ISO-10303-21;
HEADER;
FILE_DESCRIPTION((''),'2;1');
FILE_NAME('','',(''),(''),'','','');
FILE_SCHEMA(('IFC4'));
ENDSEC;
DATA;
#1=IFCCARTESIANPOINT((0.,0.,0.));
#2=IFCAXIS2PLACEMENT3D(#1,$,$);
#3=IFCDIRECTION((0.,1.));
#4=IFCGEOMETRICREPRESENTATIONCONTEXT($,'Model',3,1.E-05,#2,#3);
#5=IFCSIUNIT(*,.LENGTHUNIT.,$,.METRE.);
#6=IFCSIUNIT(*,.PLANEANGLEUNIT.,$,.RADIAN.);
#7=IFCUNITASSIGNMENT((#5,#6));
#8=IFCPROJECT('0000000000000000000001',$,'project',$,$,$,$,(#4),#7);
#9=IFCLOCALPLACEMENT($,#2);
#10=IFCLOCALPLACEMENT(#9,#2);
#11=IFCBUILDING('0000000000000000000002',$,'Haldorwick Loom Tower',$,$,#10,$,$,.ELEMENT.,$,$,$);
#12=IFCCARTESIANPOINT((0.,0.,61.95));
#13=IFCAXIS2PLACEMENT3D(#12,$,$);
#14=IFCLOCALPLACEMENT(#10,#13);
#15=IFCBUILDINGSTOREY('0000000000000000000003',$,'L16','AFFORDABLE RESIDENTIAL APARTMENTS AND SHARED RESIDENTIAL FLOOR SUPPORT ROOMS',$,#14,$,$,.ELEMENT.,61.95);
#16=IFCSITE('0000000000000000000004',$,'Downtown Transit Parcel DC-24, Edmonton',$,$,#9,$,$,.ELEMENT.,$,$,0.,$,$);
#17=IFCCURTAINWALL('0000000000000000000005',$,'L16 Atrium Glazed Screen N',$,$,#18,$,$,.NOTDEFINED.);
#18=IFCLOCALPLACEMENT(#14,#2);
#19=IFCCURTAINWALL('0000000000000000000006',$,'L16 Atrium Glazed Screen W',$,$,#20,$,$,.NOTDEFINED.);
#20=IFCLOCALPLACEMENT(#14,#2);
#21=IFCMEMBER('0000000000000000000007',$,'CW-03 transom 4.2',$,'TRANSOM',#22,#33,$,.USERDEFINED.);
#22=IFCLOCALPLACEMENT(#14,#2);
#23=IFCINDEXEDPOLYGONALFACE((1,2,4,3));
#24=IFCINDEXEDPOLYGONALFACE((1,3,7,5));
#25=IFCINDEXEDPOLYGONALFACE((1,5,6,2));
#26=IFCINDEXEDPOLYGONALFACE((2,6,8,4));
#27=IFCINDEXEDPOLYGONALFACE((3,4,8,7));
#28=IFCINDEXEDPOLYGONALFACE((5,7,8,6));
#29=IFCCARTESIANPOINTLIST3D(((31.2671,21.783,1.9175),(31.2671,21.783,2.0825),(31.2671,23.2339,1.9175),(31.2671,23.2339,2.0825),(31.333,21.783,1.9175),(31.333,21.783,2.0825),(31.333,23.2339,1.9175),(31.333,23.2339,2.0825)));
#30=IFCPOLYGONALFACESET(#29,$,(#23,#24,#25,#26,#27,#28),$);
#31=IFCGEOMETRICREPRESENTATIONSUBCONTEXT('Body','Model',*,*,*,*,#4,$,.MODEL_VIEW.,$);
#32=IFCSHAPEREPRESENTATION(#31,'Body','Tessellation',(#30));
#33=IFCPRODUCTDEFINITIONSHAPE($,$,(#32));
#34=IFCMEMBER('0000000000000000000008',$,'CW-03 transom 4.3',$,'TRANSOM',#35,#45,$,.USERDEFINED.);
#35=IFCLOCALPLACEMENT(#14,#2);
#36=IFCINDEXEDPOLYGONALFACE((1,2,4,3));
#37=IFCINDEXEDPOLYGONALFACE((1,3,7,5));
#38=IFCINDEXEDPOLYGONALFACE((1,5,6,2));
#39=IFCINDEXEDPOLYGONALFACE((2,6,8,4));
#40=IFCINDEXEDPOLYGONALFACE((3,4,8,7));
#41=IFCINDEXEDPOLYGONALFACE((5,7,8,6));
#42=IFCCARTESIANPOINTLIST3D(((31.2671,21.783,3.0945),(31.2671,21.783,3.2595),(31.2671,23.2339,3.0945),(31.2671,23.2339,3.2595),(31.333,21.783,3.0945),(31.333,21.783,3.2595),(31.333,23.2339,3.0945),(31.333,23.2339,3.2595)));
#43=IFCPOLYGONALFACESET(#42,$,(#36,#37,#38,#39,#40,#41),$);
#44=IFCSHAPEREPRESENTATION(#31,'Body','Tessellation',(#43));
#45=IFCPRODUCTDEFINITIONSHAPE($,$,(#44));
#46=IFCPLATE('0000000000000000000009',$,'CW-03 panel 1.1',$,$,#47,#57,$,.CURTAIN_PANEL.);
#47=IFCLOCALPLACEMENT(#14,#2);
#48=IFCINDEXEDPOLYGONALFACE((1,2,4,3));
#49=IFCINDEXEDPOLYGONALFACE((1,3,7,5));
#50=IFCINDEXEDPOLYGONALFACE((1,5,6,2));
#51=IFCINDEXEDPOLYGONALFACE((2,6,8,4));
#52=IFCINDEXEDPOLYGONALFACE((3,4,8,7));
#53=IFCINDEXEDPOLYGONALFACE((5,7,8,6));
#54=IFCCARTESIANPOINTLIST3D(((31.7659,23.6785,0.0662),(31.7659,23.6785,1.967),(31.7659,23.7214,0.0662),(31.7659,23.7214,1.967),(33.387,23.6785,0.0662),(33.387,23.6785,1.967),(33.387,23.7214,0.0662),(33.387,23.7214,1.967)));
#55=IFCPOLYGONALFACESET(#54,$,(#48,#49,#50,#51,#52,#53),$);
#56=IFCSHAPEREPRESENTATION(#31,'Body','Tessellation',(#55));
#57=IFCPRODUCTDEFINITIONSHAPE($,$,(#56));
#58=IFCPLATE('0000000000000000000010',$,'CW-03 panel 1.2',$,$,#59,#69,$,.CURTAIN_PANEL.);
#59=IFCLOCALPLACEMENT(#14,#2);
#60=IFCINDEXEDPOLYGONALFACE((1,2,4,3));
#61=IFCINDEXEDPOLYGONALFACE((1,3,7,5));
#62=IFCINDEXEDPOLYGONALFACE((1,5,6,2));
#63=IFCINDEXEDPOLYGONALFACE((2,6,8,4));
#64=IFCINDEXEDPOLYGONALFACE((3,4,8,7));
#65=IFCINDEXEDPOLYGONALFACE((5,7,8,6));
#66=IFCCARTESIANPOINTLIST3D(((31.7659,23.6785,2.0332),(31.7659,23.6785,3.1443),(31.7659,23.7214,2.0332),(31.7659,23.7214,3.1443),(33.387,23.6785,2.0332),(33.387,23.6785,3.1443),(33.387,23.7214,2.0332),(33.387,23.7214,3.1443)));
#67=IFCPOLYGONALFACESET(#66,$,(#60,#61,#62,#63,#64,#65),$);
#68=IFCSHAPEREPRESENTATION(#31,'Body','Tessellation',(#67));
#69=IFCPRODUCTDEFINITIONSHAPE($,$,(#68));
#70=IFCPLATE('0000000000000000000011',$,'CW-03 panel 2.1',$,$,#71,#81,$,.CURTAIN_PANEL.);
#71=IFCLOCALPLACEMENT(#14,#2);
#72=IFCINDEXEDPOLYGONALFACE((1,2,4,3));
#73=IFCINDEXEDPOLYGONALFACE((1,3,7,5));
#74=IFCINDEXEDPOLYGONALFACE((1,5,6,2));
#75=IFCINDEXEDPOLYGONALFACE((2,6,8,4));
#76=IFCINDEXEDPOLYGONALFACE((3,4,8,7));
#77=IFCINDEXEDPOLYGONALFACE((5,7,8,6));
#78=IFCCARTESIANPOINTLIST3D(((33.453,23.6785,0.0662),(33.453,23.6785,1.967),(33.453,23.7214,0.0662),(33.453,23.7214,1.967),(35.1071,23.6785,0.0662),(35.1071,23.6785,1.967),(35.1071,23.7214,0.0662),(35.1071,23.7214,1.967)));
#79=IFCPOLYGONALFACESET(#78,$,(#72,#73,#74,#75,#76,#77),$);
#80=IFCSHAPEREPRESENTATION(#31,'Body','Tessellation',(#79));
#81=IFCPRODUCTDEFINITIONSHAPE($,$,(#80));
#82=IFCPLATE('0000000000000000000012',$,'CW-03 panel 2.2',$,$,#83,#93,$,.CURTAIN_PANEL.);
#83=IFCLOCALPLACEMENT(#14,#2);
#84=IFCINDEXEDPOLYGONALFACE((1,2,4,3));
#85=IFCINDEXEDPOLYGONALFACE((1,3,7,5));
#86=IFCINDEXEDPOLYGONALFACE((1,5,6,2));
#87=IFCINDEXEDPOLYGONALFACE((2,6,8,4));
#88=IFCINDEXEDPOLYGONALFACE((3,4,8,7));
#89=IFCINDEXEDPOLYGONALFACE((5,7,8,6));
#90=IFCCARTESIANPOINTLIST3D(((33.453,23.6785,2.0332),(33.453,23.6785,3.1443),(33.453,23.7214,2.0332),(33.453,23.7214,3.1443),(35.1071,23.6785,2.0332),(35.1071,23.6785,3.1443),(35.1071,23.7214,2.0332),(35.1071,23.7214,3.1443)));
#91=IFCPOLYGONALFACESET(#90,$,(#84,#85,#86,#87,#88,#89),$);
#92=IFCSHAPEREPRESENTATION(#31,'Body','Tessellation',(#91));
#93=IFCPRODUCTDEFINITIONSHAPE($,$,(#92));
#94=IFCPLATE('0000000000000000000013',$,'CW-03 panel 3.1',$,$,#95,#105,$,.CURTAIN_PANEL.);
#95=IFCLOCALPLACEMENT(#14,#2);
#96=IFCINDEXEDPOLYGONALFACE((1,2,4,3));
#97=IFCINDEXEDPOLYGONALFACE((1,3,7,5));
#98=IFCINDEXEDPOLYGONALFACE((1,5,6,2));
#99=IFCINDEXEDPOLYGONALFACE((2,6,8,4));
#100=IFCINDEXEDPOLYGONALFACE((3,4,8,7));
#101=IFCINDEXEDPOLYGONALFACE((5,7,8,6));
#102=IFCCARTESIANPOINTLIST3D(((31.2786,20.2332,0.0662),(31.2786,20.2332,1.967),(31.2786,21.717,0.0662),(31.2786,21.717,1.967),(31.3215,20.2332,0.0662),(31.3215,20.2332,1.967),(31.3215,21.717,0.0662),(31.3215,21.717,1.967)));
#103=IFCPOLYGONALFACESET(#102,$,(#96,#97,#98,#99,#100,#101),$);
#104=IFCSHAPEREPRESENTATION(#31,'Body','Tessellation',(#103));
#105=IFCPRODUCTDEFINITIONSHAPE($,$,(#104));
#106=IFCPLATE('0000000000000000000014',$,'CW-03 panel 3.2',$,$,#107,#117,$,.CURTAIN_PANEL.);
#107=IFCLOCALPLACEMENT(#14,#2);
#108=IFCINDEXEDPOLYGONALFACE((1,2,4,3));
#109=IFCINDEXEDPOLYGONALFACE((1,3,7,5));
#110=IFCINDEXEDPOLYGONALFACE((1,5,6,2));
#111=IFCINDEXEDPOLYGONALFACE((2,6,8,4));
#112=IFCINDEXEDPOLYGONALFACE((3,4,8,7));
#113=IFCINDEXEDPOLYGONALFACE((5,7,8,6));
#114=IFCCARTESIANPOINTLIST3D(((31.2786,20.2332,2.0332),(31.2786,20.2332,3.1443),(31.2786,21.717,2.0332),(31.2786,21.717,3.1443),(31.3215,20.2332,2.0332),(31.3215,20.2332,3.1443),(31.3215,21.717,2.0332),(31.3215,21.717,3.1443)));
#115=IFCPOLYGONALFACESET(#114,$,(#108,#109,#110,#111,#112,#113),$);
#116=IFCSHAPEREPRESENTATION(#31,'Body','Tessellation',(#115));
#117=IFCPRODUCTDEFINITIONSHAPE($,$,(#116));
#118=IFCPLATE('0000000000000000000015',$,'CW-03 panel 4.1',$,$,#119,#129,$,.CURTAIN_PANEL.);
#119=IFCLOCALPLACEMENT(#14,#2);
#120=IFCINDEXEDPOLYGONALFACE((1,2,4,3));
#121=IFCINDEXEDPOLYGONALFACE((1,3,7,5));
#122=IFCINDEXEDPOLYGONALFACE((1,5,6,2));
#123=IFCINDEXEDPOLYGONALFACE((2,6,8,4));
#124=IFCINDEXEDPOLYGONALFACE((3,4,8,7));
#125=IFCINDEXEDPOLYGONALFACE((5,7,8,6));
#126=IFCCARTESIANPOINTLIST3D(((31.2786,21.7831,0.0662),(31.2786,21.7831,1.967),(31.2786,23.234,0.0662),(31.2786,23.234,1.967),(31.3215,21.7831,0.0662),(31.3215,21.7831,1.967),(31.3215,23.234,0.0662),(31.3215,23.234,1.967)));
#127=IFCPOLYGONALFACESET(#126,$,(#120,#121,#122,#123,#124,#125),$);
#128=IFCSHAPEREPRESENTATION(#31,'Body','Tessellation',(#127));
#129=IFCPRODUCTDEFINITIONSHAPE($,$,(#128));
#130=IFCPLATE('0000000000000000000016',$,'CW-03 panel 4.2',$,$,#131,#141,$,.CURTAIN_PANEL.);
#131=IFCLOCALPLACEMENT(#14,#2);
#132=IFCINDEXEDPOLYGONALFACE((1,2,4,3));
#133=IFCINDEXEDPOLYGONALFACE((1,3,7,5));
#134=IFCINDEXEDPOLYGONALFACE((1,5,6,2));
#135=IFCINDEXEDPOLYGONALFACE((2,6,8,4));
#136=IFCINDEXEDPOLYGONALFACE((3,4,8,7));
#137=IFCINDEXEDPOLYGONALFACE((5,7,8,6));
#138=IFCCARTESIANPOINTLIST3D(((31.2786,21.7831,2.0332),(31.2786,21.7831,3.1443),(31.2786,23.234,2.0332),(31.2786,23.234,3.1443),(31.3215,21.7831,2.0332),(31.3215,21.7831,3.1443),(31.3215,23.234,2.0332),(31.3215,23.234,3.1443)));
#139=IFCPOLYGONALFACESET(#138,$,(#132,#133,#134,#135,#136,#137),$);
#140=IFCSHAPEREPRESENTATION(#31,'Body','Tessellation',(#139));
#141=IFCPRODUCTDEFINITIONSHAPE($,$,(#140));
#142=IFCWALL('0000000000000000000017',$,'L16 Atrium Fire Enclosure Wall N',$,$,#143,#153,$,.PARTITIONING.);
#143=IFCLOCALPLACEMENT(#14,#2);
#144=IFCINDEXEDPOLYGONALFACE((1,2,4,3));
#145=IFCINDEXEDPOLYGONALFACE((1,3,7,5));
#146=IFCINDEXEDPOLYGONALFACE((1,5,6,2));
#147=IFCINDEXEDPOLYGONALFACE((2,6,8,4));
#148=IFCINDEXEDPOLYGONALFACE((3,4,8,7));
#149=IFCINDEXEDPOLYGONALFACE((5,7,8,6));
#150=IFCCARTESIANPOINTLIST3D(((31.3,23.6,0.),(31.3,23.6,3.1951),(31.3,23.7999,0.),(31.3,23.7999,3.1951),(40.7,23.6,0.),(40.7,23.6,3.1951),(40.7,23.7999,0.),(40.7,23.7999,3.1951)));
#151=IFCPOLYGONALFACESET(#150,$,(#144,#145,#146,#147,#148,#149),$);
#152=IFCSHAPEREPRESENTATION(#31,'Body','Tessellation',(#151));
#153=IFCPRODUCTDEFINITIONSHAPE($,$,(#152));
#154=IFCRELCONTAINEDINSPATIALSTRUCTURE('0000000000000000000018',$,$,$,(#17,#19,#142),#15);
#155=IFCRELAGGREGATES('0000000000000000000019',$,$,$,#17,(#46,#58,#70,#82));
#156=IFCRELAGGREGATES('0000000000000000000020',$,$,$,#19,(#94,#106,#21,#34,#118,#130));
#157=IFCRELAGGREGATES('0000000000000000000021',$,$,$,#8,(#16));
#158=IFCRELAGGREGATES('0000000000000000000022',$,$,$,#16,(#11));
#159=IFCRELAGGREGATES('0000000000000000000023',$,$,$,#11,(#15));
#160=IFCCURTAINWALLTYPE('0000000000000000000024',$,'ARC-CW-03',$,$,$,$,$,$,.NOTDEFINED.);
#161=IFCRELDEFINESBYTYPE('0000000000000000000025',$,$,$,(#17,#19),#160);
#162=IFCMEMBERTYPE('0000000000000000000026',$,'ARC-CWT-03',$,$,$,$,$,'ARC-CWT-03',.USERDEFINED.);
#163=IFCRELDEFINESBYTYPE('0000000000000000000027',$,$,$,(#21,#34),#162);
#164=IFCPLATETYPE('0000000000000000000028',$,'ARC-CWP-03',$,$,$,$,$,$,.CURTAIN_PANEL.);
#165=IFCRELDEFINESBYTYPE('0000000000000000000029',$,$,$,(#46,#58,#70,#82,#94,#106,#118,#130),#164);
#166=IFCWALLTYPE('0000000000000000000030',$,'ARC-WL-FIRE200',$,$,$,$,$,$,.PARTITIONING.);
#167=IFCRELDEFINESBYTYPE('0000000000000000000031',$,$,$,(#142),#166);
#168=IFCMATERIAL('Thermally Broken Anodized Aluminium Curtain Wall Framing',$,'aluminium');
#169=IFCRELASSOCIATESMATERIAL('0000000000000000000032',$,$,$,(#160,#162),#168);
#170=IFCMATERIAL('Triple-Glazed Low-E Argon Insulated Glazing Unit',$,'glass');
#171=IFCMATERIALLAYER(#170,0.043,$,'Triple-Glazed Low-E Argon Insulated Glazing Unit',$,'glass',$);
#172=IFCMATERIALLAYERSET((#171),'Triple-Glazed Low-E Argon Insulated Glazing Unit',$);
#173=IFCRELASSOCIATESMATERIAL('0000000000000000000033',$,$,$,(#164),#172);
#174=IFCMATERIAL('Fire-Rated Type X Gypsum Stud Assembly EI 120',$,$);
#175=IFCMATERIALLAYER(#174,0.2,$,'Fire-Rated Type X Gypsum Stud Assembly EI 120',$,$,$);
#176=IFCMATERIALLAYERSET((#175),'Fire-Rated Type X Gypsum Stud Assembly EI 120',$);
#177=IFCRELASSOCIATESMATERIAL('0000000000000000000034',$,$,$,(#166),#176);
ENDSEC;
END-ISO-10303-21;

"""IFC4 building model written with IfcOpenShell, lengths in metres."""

from ifc_helpers import new_model, si_unit, direction, frame, frame_2d, origin, origin_2d, place, context, subcontext, project, spatial, rectangle, extrude, material, layer, layer_set, material_profile, profile_set, type_object, element, aggregate, save


model = new_model("IFC4")

# Units and contexts
model_context = context("Model", 3, precision=1e-05, world=origin(), true_north=direction((0.0, 1.0)))
body_context = subcontext(model_context, "Body", "Model", "MODEL_VIEW")
ifc_project = project(units=[si_unit("LENGTHUNIT", "METRE"), si_unit("PLANEANGLEUNIT", "RADIAN")], contexts=[model_context])

# Site, building, storey
site_placement = place(None, origin())
site = spatial("IfcSite", under=ifc_project, at=site_placement, Name="Downtown Transit Parcel DC-24, Edmonton", CompositionType="ELEMENT", RefElevation=0.0)
building_placement = place(site_placement, origin())
building = spatial("IfcBuilding", under=site, at=building_placement, Name="Haldorwick Loom Tower", CompositionType="ELEMENT")
storey_placement = place(building_placement, frame((0.0, 0.0, 61.95)))
storey = spatial("IfcBuildingStorey", under=building, at=storey_placement, Name="L16", Description="AFFORDABLE RESIDENTIAL APARTMENTS AND SHARED RESIDENTIAL FLOOR SUPPORT ROOMS", CompositionType="ELEMENT", Elevation=61.95)

# Curtain walls
ifc_material_1 = material(Name="Thermally Broken Anodized Aluminium Curtain Wall Framing", Category="aluminium")
curtain_wall_type = type_object("IfcCurtainWallType", Name="ARC-CW-03", PredefinedType="NOTDEFINED", material=ifc_material_1)
curtain_wall_1_placement = place(storey_placement, origin())
curtain_wall_1 = element("IfcCurtainWall", 1, at=curtain_wall_1_placement, inside=storey, type_object=curtain_wall_type, Name="L16 Atrium Glazed Screen N", PredefinedType="NOTDEFINED")
curtain_wall_2_placement = place(storey_placement, origin())
curtain_wall_2 = element("IfcCurtainWall", 2, at=curtain_wall_2_placement, inside=storey, type_object=curtain_wall_type, Name="L16 Atrium Glazed Screen W", PredefinedType="NOTDEFINED")

# Members
ifc_material_profile_1 = material_profile(ifc_material_1, rectangle(XDim=0.0659, YDim=0.165, at=origin_2d()), Name="ALU_TRN_66X165", Category="aluminium")
ifc_profile_set_1 = profile_set([ifc_material_profile_1], Name="Thermally Broken Anodized Aluminium Curtain Wall Framing")
member_type_1 = type_object("IfcMemberType", Name="ARC-CWT-03", ElementType="ARC-CWT-03", PredefinedType="USERDEFINED", material=ifc_profile_set_1)
member_1_placement = place(storey_placement, frame((31.3, 21.783, 2.0), z_axis=(0.0, 1.0, 0.0), x_axis=(-1.0, 0.0, 0.0)))
member_1 = element("IfcMember", 3, at=member_1_placement, type_object=member_type_1, Name="CW-03 transom 4.2", ObjectType="TRANSOM", PredefinedType="USERDEFINED", context=body_context, shape_type="SweptSolid", body=[
    extrude(rectangle(XDim=0.0659, YDim=0.165, at=origin_2d()), origin(), (0.0, 0.0, 1.0), 1.4509),
])
member_2_placement = place(storey_placement, frame((31.3, 21.783, 3.177), z_axis=(0.0, 1.0, 0.0), x_axis=(-1.0, 0.0, 0.0)))
member_2 = element("IfcMember", 4, at=member_2_placement, type_object=member_type_1, Name="CW-03 transom 4.3", ObjectType="TRANSOM", PredefinedType="USERDEFINED", context=body_context, shape_type="SweptSolid", body=[
    extrude(rectangle(XDim=0.0659, YDim=0.165, at=origin_2d()), origin(), (0.0, 0.0, 1.0), 1.4509),
])

# Plates
ifc_material_2 = material(Name="Triple-Glazed Low-E Argon Insulated Glazing Unit", Category="glass")
ifc_layer_1 = layer(ifc_material_2, 0.043, Name="Triple-Glazed Low-E Argon Insulated Glazing Unit", Category="glass")
ifc_layer_set_1 = layer_set([ifc_layer_1], Name="Triple-Glazed Low-E Argon Insulated Glazing Unit")
plate_type = type_object("IfcPlateType", Name="ARC-CWP-03", PredefinedType="CURTAIN_PANEL", material=ifc_layer_set_1)
plate_1_placement = place(storey_placement, frame((32.5764, 23.7, 0.0662), z_axis=(0.0, 0.0, 1.0), x_axis=(1.0, 0.0, 0.0)))
plate_1 = element("IfcPlate", 5, at=plate_1_placement, type_object=plate_type, Name="CW-03 panel 1.1", PredefinedType="CURTAIN_PANEL", context=body_context, shape_type="SweptSolid", body=[
    extrude(rectangle(XDim=1.6211, YDim=0.043, at=origin_2d()), origin(), (0.0, 0.0, 1.0), 1.9009),
])
plate_2_placement = place(storey_placement, frame((32.5764, 23.7, 2.0332), z_axis=(0.0, 0.0, 1.0), x_axis=(1.0, 0.0, 0.0)))
plate_2 = element("IfcPlate", 6, at=plate_2_placement, type_object=plate_type, Name="CW-03 panel 1.2", PredefinedType="CURTAIN_PANEL", context=body_context, shape_type="SweptSolid", body=[
    extrude(rectangle(XDim=1.6211, YDim=0.043, at=origin_2d()), origin(), (0.0, 0.0, 1.0), 1.1111),
])
plate_3_placement = place(storey_placement, frame((34.28, 23.7, 0.0662), z_axis=(0.0, 0.0, 1.0), x_axis=(1.0, 0.0, 0.0)))
plate_3 = element("IfcPlate", 7, at=plate_3_placement, type_object=plate_type, Name="CW-03 panel 2.1", PredefinedType="CURTAIN_PANEL", context=body_context, shape_type="SweptSolid", body=[
    extrude(rectangle(XDim=1.6541, YDim=0.043, at=origin_2d()), origin(), (0.0, 0.0, 1.0), 1.9009),
])
plate_4_placement = place(storey_placement, frame((34.28, 23.7, 2.0332), z_axis=(0.0, 0.0, 1.0), x_axis=(1.0, 0.0, 0.0)))
plate_4 = element("IfcPlate", 8, at=plate_4_placement, type_object=plate_type, Name="CW-03 panel 2.2", PredefinedType="CURTAIN_PANEL", context=body_context, shape_type="SweptSolid", body=[
    extrude(rectangle(XDim=1.6541, YDim=0.043, at=origin_2d()), origin(), (0.0, 0.0, 1.0), 1.1111),
])
aggregate(curtain_wall_1, [plate_1, plate_2, plate_3, plate_4])
plate_5_placement = place(storey_placement, frame((31.3, 20.9751, 0.0662), z_axis=(0.0, 0.0, 1.0), x_axis=(0.0, 1.0, 0.0)))
plate_5 = element("IfcPlate", 9, at=plate_5_placement, type_object=plate_type, Name="CW-03 panel 3.1", PredefinedType="CURTAIN_PANEL", context=body_context, shape_type="SweptSolid", body=[
    extrude(rectangle(XDim=1.4839, YDim=0.043, at=origin_2d()), origin(), (0.0, 0.0, 1.0), 1.9009),
])
plate_6_placement = place(storey_placement, frame((31.3, 20.9751, 2.0332), z_axis=(0.0, 0.0, 1.0), x_axis=(0.0, 1.0, 0.0)))
plate_6 = element("IfcPlate", 10, at=plate_6_placement, type_object=plate_type, Name="CW-03 panel 3.2", PredefinedType="CURTAIN_PANEL", context=body_context, shape_type="SweptSolid", body=[
    extrude(rectangle(XDim=1.4839, YDim=0.043, at=origin_2d()), origin(), (0.0, 0.0, 1.0), 1.1111),
])
plate_7_placement = place(storey_placement, frame((31.3, 22.5085, 0.0662), z_axis=(0.0, 0.0, 1.0), x_axis=(0.0, 1.0, 0.0)))
plate_7 = element("IfcPlate", 11, at=plate_7_placement, type_object=plate_type, Name="CW-03 panel 4.1", PredefinedType="CURTAIN_PANEL", context=body_context, shape_type="SweptSolid", body=[
    extrude(rectangle(XDim=1.4509, YDim=0.043, at=origin_2d()), origin(), (0.0, 0.0, 1.0), 1.9009),
])
plate_8_placement = place(storey_placement, frame((31.3, 22.5085, 2.0332), z_axis=(0.0, 0.0, 1.0), x_axis=(0.0, 1.0, 0.0)))
plate_8 = element("IfcPlate", 12, at=plate_8_placement, type_object=plate_type, Name="CW-03 panel 4.2", PredefinedType="CURTAIN_PANEL", context=body_context, shape_type="SweptSolid", body=[
    extrude(rectangle(XDim=1.4509, YDim=0.043, at=origin_2d()), origin(), (0.0, 0.0, 1.0), 1.1111),
])
aggregate(curtain_wall_2, [plate_5, plate_6, member_1, member_2, plate_7, plate_8])

# Wall
ifc_material_3 = material(Name="Fire-Rated Type X Gypsum Stud Assembly EI 120")
ifc_layer_2 = layer(ifc_material_3, 0.2, Name="Fire-Rated Type X Gypsum Stud Assembly EI 120")
ifc_layer_set_2 = layer_set([ifc_layer_2], Name="Fire-Rated Type X Gypsum Stud Assembly EI 120")
wall_type = type_object("IfcWallType", Name="ARC-WL-FIRE200", PredefinedType="PARTITIONING", material=ifc_layer_set_2)
wall_placement = place(storey_placement, frame((31.3, 23.7, 0.0), z_axis=(0.0, 0.0, 1.0), x_axis=(1.0, 0.0, 0.0)))
element("IfcWall", 13, at=wall_placement, inside=storey, type_object=wall_type, Name="L16 Atrium Fire Enclosure Wall N", PredefinedType="PARTITIONING", context=body_context, shape_type="SweptSolid", body=[
    extrude(rectangle(XDim=9.3999, YDim=0.2, at=frame_2d((4.7, 0.0))), origin(), (0.0, 0.0, 1.0), 3.1951),
])

save(model, "model.ifc")
